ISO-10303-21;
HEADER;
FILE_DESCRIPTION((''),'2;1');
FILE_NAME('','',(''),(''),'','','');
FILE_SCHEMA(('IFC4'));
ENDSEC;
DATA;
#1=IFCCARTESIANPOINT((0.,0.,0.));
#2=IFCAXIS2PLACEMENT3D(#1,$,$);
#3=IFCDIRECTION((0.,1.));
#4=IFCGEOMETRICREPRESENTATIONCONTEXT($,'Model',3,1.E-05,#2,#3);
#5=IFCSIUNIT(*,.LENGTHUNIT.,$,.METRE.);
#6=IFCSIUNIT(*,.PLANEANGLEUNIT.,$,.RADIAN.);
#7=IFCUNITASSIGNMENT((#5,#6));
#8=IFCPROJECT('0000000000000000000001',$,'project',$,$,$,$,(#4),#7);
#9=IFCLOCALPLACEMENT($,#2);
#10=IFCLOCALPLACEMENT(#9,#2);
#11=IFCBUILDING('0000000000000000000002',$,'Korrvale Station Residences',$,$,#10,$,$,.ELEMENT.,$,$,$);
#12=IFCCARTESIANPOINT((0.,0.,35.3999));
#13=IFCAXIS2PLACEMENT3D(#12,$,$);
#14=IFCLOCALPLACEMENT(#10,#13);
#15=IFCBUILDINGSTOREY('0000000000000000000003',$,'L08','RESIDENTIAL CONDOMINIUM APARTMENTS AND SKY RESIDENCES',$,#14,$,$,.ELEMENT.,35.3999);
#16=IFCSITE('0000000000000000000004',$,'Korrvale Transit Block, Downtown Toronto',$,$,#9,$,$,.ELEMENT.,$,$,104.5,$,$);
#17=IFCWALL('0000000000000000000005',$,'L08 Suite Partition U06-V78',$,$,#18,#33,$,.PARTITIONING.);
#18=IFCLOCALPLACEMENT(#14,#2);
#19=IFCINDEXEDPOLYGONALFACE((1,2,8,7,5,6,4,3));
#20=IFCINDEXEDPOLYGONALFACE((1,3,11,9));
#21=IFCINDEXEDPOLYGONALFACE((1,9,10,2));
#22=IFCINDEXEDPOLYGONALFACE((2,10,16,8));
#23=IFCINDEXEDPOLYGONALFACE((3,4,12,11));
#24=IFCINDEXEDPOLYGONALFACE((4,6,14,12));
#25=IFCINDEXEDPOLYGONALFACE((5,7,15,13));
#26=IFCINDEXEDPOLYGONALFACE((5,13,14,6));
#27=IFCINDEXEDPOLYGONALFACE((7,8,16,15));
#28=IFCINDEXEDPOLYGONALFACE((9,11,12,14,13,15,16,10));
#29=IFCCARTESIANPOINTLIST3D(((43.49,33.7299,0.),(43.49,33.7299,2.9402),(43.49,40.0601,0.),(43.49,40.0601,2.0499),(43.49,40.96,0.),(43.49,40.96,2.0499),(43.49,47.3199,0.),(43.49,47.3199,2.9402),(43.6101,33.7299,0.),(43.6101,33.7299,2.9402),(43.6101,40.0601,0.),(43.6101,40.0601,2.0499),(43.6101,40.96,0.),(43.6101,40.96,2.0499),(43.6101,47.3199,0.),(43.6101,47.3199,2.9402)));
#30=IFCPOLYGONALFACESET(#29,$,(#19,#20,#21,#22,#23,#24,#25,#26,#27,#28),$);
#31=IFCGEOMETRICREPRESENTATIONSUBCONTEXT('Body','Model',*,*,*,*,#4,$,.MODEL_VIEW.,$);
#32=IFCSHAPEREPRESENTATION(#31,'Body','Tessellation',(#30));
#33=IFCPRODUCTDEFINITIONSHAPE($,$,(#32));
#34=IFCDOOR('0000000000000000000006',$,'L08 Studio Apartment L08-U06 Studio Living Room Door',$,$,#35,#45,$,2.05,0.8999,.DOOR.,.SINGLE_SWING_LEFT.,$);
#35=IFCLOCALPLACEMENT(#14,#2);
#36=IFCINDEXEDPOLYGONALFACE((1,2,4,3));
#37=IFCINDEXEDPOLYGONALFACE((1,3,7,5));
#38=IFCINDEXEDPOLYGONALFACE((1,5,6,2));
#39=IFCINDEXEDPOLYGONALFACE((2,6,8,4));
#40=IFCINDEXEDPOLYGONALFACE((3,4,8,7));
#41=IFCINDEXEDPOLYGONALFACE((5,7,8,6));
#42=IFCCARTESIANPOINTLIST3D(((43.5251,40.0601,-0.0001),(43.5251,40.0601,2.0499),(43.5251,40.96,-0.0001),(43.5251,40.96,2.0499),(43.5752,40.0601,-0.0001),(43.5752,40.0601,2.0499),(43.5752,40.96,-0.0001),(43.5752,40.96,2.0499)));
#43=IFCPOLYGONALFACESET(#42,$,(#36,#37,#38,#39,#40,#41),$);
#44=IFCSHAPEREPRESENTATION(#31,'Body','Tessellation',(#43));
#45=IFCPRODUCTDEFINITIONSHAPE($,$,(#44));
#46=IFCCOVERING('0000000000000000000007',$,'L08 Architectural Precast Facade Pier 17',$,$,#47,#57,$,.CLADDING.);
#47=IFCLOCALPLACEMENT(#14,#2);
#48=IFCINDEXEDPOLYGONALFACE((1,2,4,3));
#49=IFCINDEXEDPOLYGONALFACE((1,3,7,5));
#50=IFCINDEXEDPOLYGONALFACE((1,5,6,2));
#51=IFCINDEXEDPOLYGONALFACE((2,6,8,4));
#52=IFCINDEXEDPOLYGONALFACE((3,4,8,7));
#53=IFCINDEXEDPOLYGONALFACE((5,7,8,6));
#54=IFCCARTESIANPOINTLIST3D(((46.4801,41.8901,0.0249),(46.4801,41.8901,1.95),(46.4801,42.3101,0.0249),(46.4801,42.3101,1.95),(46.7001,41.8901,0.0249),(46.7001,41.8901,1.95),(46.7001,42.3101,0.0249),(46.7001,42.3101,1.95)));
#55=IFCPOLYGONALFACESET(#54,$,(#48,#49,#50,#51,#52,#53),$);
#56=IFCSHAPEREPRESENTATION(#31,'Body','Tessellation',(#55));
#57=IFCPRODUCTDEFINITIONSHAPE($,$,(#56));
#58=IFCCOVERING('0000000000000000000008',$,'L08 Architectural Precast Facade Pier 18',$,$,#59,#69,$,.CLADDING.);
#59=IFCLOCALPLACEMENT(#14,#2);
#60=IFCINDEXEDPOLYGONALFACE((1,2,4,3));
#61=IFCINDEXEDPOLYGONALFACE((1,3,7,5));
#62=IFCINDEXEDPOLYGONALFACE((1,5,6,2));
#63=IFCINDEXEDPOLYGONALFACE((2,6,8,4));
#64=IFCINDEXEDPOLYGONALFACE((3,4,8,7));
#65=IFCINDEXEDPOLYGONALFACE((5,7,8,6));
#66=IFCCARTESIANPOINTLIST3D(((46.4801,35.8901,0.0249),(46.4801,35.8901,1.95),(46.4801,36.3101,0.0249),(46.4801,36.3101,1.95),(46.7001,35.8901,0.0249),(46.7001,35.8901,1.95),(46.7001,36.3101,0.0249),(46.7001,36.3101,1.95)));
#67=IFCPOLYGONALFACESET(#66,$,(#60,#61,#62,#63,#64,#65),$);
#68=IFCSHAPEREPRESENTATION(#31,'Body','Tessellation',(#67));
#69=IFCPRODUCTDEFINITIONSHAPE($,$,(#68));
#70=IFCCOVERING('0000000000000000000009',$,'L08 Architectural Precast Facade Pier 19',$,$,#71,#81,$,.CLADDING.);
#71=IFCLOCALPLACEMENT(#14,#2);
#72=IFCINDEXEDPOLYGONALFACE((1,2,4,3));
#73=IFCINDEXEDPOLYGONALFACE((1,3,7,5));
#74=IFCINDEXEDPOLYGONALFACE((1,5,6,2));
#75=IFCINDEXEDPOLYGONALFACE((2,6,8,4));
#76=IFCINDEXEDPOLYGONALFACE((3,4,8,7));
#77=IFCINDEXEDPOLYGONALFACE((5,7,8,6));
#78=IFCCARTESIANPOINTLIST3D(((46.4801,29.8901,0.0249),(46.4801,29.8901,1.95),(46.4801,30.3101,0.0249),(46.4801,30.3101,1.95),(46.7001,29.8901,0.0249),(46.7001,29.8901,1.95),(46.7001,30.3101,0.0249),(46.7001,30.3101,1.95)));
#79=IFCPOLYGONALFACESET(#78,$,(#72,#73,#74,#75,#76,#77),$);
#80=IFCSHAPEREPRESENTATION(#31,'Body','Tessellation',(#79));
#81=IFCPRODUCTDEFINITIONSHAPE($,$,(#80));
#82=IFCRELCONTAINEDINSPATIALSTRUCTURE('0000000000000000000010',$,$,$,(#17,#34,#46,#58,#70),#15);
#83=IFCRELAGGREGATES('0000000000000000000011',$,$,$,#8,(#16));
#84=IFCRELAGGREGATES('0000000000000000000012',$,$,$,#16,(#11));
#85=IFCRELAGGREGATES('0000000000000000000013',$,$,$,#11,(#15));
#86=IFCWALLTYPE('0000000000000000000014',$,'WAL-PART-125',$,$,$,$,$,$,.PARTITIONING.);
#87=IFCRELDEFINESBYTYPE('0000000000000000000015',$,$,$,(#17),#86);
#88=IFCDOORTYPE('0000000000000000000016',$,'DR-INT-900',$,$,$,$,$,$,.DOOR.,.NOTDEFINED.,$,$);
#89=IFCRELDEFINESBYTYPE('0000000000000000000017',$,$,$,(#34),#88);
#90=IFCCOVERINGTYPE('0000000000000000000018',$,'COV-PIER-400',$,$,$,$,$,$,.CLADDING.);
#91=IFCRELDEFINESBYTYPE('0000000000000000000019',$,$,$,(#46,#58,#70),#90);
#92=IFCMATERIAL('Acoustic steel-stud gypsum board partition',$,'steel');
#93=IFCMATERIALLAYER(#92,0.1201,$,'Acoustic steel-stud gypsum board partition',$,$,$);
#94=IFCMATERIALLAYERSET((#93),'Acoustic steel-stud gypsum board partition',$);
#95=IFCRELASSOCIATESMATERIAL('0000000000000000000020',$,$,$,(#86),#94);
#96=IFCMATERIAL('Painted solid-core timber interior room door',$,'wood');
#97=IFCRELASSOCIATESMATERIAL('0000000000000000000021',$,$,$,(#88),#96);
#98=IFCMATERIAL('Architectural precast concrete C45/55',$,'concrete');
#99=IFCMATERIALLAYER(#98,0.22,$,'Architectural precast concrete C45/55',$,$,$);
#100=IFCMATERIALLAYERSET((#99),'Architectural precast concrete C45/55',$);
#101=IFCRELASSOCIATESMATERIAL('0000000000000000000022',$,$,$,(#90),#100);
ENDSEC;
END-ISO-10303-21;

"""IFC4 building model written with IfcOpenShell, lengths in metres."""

from ifc_helpers import new_model, si_unit, direction, frame, frame_2d, origin, origin_2d, place, context, subcontext, project, spatial, rectangle, extrude, material, layer, layer_set, type_object, element, fill, save


model = new_model("IFC4")

# Units and contexts
model_context = context("Model", 3, precision=1e-05, world=origin(), true_north=direction((0.0, 1.0)))
body_context = subcontext(model_context, "Body", "Model", "MODEL_VIEW")
ifc_project = project(units=[si_unit("LENGTHUNIT", "METRE"), si_unit("PLANEANGLEUNIT", "RADIAN")], contexts=[model_context])

# Site, building, storey
site_placement = place(None, origin())
site = spatial("IfcSite", under=ifc_project, at=site_placement, Name="Korrvale Transit Block, Downtown Toronto", CompositionType="ELEMENT", RefElevation=104.5)
building_placement = place(site_placement, origin())
building = spatial("IfcBuilding", under=site, at=building_placement, Name="Korrvale Station Residences", CompositionType="ELEMENT")
storey_placement = place(building_placement, frame((0.0, 0.0, 35.3999)))
storey = spatial("IfcBuildingStorey", under=building, at=storey_placement, Name="L08", Description="RESIDENTIAL CONDOMINIUM APARTMENTS AND SKY RESIDENCES", CompositionType="ELEMENT", Elevation=35.3999)

# Shared definitions
ifc_material_1 = material(Name="Acoustic steel-stud gypsum board partition", Category="steel")
ifc_layer_1 = layer(ifc_material_1, 0.1201, Name="Acoustic steel-stud gypsum board partition")
ifc_layer_set_1 = layer_set([ifc_layer_1], Name="Acoustic steel-stud gypsum board partition")
wall_type_1 = type_object("IfcWallType", Name="WAL-PART-125", PredefinedType="PARTITIONING", material=ifc_layer_set_1)
ifc_material_2 = material(Name="Painted solid-core timber interior room door", Category="wood")
door_type = type_object("IfcDoorType", Name="DR-INT-900", OperationType="NOTDEFINED", PredefinedType="DOOR", material=ifc_material_2)

# Wall, opening, door
wall_1_placement = place(storey_placement, frame((43.55, 33.73, 0.0), z_axis=(0.0, 0.0, 1.0), x_axis=(0.0, 1.0, 0.0)))
wall_1 = element("IfcWall", 1, at=wall_1_placement, inside=storey, type_object=wall_type_1, Name="L08 Suite Partition U06-V78", PredefinedType="PARTITIONING", context=body_context, shape_type="SweptSolid", body=[
    extrude(rectangle(XDim=13.5901, YDim=0.1201, at=frame_2d((6.7949, 0.0))), origin(), (0.0, 0.0, 1.0), 2.9402),
])
opening_1_placement = place(wall_1_placement, frame((6.3301, 0.0, 0.0)))
opening_1 = element("IfcOpeningElement", 2, at=opening_1_placement, cuts=wall_1, PredefinedType="OPENING", context=body_context, shape_type="SweptSolid", body=[
    extrude(rectangle(XDim=0.8999, YDim=2.05, at=frame_2d((0.45, 1.0249))), frame((0.0, 0.0701, 0.0), z_axis=(0.0, -1.0, 0.0), x_axis=(1.0, 0.0, 0.0)), (0.0, 0.0, 1.0), 0.1401),
])
door_1_placement = place(opening_1_placement, origin())
door_1 = element("IfcDoor", 3, at=door_1_placement, inside=storey, type_object=door_type, Name="L08 Studio Apartment L08-U06 Studio Living Room Door", OperationType="SINGLE_SWING_LEFT", OverallHeight=2.05, OverallWidth=0.8999, PredefinedType="DOOR", context=body_context, shape_type="SweptSolid", body=[
    extrude(rectangle(XDim=0.8999, YDim=2.05, at=frame_2d((0.45, 1.0249))), frame((0.0, 0.0249, 0.0), z_axis=(0.0, -1.0, 0.0), x_axis=(1.0, 0.0, 0.0)), (0.0, 0.0, 1.0), 0.05),
])
fill(opening_1, door_1)

# Coverings
ifc_material_3 = material(Name="Architectural precast concrete C45/55", Category="concrete")
ifc_layer_2 = layer(ifc_material_3, 0.22, Name="Architectural precast concrete C45/55")
ifc_layer_set_2 = layer_set([ifc_layer_2], Name="Architectural precast concrete C45/55")
covering_type = type_object("IfcCoveringType", Name="COV-PIER-400", PredefinedType="CLADDING", material=ifc_layer_set_2)
for number, where, z_axis, x_axis, name in (
    (4, (46.5901, 42.1001, 0.0249), (0.0, 0.0, 1.0), (0.0, 1.0, 0.0), "L08 Architectural Precast Facade Pier 17"),
    (5, (46.5901, 36.1001, 0.0249), (0.0, 0.0, 1.0), (0.0, 1.0, 0.0), "L08 Architectural Precast Facade Pier 18"),
    (6, (46.5901, 30.1001, 0.0249), (0.0, 0.0, 1.0), (0.0, 1.0, 0.0), "L08 Architectural Precast Facade Pier 19"),
):
    element("IfcCovering", number, at=place(storey_placement, frame(where, z_axis=z_axis, x_axis=x_axis)), inside=storey, type_object=covering_type, Name=name, PredefinedType="CLADDING", context=body_context, shape_type="SweptSolid", body=[
        extrude(rectangle(XDim=0.4199, YDim=0.22, at=origin_2d()), origin(), (0.0, 0.0, 1.0), 1.925),
    ])

save(model, "model.ifc")
